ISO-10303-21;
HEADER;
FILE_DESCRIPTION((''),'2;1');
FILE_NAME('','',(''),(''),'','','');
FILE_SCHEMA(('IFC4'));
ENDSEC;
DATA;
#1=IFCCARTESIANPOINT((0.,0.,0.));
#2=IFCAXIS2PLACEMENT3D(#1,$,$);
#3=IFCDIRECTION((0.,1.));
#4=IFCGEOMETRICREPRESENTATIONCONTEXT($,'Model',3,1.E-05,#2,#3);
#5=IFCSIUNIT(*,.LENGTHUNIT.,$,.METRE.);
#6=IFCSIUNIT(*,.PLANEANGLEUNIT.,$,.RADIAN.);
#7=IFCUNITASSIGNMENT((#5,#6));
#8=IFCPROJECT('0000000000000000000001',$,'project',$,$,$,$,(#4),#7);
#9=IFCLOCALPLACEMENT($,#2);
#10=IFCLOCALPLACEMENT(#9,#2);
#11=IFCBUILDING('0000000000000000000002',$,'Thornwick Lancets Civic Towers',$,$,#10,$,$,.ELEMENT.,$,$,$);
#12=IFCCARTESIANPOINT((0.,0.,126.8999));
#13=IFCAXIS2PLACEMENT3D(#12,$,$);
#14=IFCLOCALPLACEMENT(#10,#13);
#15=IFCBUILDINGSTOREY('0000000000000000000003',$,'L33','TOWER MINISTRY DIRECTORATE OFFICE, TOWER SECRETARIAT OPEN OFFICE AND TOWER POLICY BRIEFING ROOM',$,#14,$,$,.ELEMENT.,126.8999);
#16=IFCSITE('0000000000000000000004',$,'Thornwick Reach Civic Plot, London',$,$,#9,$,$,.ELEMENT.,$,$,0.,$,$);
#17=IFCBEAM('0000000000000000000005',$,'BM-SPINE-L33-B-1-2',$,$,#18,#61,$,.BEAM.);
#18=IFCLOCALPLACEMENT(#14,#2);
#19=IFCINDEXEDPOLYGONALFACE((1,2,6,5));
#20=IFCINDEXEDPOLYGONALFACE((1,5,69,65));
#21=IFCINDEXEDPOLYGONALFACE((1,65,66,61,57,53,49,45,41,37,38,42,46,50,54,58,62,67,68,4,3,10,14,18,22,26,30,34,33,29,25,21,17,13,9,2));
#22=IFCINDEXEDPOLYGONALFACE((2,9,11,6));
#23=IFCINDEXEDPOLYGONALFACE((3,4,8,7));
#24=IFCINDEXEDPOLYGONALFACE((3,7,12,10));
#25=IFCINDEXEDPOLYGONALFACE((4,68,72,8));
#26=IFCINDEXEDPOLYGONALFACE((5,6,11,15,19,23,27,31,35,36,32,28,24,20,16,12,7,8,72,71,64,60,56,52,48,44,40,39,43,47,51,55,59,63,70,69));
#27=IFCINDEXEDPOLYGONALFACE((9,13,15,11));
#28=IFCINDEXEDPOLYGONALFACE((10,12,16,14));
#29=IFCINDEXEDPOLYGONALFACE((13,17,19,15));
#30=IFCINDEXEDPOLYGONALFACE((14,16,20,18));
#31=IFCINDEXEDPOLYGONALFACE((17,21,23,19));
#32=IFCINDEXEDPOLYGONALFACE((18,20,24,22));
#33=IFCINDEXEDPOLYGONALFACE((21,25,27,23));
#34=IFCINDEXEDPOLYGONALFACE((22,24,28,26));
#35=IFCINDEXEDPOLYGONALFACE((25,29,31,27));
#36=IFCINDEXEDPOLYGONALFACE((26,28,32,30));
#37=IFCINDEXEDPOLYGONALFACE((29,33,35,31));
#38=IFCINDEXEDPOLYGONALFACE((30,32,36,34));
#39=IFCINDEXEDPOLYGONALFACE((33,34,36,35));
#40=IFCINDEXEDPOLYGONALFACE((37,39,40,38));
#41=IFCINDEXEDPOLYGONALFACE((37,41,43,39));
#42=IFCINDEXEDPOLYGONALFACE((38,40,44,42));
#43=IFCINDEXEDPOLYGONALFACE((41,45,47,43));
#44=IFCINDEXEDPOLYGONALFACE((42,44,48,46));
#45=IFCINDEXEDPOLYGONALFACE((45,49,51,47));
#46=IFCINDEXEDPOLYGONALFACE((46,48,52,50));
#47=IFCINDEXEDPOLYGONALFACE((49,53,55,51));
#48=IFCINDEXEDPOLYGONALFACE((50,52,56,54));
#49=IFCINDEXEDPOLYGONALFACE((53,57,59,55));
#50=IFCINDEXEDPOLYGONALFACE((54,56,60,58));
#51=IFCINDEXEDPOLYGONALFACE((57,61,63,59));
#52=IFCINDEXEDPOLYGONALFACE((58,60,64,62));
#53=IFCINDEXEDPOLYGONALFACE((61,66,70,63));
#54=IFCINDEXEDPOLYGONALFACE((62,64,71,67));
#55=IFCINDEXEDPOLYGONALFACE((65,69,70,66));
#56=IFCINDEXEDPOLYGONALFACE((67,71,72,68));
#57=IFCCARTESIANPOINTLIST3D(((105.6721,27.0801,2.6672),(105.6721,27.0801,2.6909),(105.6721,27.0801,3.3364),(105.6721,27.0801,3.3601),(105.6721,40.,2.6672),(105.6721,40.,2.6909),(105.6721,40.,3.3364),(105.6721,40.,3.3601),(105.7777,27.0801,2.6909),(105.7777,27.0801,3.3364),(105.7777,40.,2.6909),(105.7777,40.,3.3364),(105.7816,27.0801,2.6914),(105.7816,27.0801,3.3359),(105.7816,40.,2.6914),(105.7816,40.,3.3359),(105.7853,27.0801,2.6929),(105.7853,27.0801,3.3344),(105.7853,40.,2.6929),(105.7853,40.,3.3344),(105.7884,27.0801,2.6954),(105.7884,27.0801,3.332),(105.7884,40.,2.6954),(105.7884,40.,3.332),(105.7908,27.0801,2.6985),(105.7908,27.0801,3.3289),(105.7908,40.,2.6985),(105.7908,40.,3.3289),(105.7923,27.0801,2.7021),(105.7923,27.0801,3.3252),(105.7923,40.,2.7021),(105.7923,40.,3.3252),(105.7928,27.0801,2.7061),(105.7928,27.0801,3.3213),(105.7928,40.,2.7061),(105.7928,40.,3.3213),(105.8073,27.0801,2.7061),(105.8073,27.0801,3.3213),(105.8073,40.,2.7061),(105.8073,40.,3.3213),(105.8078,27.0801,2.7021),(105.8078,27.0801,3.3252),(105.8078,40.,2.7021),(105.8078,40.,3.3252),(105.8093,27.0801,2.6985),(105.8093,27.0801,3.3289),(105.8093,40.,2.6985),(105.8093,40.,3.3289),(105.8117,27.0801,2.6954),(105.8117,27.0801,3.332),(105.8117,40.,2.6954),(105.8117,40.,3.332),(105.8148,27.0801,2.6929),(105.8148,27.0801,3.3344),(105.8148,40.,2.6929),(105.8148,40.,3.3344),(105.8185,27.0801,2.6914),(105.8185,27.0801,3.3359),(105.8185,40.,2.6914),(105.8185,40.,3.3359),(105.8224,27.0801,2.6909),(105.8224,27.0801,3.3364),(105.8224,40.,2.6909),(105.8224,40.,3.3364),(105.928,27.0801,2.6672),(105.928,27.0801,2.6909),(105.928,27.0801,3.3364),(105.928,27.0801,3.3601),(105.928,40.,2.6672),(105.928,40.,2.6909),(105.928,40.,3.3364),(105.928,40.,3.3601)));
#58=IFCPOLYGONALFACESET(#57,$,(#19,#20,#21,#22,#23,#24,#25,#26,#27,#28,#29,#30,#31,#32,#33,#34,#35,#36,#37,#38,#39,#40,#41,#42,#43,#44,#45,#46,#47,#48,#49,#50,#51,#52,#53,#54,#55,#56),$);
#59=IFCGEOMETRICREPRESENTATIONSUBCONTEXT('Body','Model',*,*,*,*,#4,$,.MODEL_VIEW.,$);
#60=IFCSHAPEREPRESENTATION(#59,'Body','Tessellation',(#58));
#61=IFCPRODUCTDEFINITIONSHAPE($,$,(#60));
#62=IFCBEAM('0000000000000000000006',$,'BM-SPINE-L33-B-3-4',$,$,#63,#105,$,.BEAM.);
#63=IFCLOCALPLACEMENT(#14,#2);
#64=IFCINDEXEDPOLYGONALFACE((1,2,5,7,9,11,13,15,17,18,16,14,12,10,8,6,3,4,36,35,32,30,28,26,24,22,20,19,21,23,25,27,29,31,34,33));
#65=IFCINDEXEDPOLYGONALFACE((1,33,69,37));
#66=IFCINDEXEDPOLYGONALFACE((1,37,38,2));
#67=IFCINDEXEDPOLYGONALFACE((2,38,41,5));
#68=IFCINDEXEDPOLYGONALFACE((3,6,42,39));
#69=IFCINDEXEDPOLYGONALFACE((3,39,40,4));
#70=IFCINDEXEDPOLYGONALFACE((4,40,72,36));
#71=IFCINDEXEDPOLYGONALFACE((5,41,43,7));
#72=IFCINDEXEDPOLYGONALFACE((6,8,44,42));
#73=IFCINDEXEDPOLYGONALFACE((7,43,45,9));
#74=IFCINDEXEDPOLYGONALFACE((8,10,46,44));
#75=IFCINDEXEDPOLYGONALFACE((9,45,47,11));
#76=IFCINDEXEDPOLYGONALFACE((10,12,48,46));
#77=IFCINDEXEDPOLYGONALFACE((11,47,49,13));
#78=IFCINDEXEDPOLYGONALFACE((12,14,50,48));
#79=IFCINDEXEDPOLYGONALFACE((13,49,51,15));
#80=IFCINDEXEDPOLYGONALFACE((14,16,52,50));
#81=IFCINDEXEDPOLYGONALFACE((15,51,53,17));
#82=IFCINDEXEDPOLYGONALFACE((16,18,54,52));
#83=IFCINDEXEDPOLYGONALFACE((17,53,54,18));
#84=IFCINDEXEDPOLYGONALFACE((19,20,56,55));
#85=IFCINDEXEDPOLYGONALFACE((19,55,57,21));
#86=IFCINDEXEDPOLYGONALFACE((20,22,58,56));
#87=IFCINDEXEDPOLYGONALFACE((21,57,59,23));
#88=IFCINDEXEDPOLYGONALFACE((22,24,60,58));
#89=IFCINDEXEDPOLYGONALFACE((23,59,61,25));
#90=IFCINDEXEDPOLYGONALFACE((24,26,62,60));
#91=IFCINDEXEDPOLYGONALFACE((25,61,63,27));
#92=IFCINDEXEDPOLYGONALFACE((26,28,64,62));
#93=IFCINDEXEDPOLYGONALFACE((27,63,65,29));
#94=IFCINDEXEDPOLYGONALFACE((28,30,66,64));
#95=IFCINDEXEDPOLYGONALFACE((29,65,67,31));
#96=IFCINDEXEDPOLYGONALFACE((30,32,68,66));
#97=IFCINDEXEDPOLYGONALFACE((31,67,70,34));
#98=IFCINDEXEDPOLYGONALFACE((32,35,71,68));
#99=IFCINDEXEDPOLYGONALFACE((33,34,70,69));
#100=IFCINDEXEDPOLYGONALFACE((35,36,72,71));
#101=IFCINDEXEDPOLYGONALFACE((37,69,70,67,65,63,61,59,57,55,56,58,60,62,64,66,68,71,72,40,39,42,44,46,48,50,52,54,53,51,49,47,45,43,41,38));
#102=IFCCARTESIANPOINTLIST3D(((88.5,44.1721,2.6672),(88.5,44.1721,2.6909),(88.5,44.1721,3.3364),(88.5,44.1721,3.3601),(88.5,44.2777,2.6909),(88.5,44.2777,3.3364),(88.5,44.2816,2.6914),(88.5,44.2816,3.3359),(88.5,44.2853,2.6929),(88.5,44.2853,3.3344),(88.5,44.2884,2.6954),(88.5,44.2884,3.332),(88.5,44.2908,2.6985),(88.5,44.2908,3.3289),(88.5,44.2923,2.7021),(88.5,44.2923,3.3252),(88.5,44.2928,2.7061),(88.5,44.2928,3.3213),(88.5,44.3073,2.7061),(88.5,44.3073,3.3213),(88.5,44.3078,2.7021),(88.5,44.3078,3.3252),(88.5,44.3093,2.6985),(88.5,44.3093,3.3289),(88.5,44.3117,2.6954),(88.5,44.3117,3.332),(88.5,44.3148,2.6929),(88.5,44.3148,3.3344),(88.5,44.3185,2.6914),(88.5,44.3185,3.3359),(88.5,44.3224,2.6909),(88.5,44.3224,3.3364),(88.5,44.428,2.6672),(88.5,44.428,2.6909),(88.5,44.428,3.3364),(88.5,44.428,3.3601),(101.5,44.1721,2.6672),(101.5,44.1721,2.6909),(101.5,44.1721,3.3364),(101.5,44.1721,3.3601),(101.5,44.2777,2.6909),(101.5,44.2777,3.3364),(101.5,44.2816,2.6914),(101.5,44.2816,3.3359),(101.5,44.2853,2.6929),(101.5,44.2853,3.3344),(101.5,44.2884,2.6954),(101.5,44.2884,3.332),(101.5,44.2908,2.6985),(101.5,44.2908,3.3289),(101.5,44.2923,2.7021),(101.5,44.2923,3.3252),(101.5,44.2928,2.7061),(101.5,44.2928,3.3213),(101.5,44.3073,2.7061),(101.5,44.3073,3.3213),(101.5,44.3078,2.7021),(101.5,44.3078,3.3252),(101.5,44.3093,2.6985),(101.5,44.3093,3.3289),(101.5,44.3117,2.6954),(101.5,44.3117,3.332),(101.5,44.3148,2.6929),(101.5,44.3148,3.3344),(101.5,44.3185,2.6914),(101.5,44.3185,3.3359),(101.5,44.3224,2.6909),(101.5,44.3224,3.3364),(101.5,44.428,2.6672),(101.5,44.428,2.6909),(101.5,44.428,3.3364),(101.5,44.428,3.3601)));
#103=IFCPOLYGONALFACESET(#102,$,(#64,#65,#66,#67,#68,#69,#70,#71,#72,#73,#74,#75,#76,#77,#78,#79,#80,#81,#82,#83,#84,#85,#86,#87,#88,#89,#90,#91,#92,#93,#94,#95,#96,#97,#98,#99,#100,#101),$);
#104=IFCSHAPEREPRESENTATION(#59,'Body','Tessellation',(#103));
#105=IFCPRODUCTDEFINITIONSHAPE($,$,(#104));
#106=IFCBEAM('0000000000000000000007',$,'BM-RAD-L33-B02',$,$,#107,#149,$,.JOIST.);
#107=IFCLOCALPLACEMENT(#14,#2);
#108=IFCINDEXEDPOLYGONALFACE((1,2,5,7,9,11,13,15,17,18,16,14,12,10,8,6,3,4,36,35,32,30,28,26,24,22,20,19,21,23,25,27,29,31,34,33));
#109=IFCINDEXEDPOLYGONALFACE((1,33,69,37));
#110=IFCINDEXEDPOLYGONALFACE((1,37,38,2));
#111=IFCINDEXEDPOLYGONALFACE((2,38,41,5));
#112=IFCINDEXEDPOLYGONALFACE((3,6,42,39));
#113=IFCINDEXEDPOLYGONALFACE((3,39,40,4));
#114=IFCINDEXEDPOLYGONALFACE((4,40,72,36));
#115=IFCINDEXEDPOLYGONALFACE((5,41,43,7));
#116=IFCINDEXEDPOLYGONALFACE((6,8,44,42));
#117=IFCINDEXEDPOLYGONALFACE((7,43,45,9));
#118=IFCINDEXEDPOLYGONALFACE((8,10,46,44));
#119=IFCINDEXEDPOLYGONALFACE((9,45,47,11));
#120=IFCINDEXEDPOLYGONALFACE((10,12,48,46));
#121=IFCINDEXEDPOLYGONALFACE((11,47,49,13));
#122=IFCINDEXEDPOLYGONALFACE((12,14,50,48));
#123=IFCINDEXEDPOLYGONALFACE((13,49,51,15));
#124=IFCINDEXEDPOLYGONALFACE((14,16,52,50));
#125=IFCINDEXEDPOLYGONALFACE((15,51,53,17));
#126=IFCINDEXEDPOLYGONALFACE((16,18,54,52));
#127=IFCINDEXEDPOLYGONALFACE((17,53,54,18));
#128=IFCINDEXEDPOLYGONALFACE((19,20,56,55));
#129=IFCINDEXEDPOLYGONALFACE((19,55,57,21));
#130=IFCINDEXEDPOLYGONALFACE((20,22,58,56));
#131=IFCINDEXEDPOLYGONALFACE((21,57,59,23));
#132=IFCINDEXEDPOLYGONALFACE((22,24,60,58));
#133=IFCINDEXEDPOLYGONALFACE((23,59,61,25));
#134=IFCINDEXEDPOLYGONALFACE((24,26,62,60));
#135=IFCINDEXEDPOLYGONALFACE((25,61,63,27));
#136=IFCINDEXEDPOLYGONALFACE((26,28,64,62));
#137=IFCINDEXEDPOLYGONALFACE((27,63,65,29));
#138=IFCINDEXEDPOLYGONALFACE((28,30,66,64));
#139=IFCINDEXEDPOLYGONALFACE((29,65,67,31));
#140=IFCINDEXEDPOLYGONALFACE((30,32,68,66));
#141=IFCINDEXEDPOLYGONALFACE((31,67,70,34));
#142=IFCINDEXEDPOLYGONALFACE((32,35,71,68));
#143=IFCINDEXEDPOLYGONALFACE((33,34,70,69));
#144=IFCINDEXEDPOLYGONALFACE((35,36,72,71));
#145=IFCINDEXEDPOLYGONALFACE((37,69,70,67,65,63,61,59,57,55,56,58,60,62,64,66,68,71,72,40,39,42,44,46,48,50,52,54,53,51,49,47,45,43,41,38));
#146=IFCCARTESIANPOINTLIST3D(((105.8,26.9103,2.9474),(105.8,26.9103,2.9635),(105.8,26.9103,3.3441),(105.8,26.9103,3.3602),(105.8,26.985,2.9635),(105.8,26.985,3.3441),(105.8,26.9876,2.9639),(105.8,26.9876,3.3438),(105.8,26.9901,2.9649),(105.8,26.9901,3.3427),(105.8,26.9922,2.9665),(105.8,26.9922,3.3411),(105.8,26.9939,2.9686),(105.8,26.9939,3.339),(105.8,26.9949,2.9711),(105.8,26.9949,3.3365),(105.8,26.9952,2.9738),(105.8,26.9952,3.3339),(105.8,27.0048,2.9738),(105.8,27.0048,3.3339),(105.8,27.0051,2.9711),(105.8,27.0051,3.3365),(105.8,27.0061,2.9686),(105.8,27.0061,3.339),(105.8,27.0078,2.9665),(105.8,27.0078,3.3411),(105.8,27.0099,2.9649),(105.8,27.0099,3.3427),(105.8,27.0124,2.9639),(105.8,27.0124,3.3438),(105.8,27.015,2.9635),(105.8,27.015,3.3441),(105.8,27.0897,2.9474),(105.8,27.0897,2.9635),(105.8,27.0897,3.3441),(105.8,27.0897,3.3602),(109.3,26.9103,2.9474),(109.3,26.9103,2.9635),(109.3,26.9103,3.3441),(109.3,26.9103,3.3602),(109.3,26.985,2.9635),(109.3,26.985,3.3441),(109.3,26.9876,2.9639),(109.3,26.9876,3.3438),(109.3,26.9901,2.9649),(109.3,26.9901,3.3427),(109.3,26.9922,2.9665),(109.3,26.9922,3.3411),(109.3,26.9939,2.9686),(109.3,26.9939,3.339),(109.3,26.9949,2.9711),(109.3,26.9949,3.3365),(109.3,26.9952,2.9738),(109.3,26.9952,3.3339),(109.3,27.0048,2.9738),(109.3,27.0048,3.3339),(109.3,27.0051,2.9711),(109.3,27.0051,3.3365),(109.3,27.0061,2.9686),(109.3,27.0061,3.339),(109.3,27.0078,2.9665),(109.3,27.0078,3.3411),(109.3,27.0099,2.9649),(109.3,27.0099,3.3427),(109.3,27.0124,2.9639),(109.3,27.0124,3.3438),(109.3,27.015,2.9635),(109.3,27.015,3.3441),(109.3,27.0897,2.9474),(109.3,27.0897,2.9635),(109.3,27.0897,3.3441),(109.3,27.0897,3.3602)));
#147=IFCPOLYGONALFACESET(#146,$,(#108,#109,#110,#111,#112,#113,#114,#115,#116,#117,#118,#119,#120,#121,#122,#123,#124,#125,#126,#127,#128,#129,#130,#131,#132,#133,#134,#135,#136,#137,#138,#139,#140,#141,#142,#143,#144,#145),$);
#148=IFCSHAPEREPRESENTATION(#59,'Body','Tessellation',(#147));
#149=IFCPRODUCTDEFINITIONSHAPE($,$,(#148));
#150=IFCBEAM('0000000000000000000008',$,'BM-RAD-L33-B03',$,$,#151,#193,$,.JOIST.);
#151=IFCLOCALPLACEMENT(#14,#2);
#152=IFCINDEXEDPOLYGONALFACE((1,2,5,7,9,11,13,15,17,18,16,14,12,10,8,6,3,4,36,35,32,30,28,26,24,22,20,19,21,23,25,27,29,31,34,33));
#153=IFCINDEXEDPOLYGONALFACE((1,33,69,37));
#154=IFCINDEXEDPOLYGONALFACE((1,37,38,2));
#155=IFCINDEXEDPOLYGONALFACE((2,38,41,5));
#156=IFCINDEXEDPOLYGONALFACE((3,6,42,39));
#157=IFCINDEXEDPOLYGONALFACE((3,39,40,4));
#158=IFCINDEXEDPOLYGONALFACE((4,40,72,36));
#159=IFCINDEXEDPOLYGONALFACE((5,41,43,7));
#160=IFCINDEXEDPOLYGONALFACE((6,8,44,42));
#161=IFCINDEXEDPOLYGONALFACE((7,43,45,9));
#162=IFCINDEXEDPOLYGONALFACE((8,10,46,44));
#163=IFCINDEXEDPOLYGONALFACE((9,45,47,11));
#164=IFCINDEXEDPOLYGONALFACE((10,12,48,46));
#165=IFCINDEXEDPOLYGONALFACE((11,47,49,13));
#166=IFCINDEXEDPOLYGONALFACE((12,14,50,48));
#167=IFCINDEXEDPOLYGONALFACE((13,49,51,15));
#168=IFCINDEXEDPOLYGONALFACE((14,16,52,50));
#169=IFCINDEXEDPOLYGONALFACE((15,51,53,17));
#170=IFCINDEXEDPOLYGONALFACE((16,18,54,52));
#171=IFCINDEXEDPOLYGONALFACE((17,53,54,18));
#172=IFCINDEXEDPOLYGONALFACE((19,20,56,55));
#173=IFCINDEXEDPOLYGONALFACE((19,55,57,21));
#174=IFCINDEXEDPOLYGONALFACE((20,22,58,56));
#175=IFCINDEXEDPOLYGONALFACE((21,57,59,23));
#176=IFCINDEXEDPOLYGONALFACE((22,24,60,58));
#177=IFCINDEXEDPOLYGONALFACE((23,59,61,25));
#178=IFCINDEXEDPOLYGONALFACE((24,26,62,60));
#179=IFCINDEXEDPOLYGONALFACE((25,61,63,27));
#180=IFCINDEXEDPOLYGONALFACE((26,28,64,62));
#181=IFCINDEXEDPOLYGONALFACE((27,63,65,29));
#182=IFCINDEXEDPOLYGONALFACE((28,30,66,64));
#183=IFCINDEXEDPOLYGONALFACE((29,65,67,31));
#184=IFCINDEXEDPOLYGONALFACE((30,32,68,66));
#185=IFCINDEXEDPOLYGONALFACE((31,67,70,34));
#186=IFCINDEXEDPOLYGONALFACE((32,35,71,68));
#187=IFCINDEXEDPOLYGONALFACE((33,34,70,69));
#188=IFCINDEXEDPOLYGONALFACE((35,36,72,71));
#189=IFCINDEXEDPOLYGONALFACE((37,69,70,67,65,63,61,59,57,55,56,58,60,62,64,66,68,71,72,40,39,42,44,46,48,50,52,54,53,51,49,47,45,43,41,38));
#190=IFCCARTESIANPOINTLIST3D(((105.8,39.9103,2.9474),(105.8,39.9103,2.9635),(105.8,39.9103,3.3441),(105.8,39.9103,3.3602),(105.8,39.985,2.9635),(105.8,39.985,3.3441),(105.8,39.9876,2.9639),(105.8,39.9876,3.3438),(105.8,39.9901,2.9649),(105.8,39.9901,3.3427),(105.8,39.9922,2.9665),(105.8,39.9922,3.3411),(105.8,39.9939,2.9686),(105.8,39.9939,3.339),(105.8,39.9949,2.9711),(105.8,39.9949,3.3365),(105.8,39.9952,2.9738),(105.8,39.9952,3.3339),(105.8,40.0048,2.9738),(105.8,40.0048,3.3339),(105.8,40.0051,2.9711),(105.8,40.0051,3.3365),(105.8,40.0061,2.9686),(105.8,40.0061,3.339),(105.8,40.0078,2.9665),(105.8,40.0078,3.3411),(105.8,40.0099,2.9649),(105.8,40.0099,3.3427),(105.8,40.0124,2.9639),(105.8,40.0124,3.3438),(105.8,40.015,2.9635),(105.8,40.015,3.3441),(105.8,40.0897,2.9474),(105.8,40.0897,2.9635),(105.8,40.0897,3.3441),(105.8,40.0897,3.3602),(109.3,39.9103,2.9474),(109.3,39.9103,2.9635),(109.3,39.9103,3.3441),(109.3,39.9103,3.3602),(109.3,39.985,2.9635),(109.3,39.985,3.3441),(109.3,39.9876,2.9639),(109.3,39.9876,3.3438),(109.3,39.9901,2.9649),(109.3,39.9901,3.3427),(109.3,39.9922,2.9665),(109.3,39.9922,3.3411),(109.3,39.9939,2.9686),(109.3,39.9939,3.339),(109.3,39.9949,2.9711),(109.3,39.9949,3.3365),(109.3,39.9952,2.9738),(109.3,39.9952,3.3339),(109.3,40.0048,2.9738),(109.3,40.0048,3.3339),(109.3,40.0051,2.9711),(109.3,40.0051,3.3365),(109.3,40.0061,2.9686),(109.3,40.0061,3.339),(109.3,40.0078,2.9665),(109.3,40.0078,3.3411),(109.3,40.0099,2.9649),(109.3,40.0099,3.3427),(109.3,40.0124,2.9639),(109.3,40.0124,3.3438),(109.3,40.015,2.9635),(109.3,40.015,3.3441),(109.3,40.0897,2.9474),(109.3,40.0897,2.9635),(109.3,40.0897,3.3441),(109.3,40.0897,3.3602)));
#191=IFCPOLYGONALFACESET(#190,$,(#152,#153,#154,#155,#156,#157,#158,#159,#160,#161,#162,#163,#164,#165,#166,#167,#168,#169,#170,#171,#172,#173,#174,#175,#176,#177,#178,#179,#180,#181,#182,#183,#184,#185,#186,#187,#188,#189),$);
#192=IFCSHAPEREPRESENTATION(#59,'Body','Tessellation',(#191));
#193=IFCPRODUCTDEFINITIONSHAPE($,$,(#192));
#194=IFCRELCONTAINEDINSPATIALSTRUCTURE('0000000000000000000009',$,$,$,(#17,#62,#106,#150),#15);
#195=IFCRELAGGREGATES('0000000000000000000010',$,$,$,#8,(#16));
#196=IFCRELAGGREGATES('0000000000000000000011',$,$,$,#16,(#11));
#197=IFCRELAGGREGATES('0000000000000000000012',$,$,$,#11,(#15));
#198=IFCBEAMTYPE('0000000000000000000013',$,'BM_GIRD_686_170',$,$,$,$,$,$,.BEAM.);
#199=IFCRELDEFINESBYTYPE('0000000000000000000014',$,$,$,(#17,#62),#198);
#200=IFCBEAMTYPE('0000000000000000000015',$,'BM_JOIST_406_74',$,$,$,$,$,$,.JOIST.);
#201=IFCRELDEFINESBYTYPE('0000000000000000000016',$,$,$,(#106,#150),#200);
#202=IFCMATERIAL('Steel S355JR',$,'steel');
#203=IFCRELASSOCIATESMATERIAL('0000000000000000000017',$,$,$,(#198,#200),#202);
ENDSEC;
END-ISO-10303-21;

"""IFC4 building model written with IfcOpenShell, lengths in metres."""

from ifc_helpers import new_model, si_unit, direction, frame, origin, origin_2d, place, context, subcontext, project, spatial, i_section, extrude, material, material_profile, profile_set, type_object, element, save


model = new_model("IFC4")

# Units and contexts
model_context = context("Model", 3, precision=1e-05, world=origin(), true_north=direction((0.0, 1.0)))
body_context = subcontext(model_context, "Body", "Model", "MODEL_VIEW")
ifc_project = project(units=[si_unit("LENGTHUNIT", "METRE"), si_unit("PLANEANGLEUNIT", "RADIAN")], contexts=[model_context])

# Site, building, storey
site_placement = place(None, origin())
site = spatial("IfcSite", under=ifc_project, at=site_placement, Name="Thornwick Reach Civic Plot, London", CompositionType="ELEMENT", RefElevation=0.0)
building_placement = place(site_placement, origin())
building = spatial("IfcBuilding", under=site, at=building_placement, Name="Thornwick Lancets Civic Towers", CompositionType="ELEMENT")
storey_placement = place(building_placement, frame((0.0, 0.0, 126.8999)))
storey = spatial("IfcBuildingStorey", under=building, at=storey_placement, Name="L33", Description="TOWER MINISTRY DIRECTORATE OFFICE, TOWER SECRETARIAT OPEN OFFICE AND TOWER POLICY BRIEFING ROOM", CompositionType="ELEMENT", Elevation=126.8999)

# Beams
ifc_material_1 = material(Name="Steel S355JR", Category="steel")
ifc_material_profile_1 = material_profile(ifc_material_1, i_section(OverallWidth=0.2559, OverallDepth=0.6929, WebThickness=0.0144, FlangeThickness=0.0237, FilletRadius=0.0151, at=origin_2d()), Name="UKB 686x254x170")
ifc_profile_set_1 = profile_set([ifc_material_profile_1], Name="Steel S355JR")
beam_type_1 = type_object("IfcBeamType", Name="BM_GIRD_686_170", PredefinedType="BEAM", material=ifc_profile_set_1)
beam_1_placement = place(storey_placement, frame((105.8, 27.0801, 3.0137), z_axis=(0.0, 1.0, 0.0), x_axis=(-1.0, 0.0, 0.0)))
element("IfcBeam", 1, at=beam_1_placement, inside=storey, type_object=beam_type_1, Name="BM-SPINE-L33-B-1-2", PredefinedType="BEAM", context=body_context, shape_type="SweptSolid", body=[
    extrude(i_section(OverallWidth=0.2559, OverallDepth=0.6929, WebThickness=0.0144, FlangeThickness=0.0237, FilletRadius=0.0151, at=origin_2d()), origin(), (0.0, 0.0, 1.0), 12.9199),
])
beam_2_placement = place(storey_placement, frame((101.5, 44.3, 3.0137), z_axis=(-1.0, 0.0, 0.0), x_axis=(0.0, -1.0, 0.0)))
element("IfcBeam", 2, at=beam_2_placement, inside=storey, type_object=beam_type_1, Name="BM-SPINE-L33-B-3-4", PredefinedType="BEAM", context=body_context, shape_type="SweptSolid", body=[
    extrude(i_section(OverallWidth=0.2559, OverallDepth=0.6929, WebThickness=0.0144, FlangeThickness=0.0237, FilletRadius=0.0151, at=origin_2d()), origin(), (0.0, 0.0, 1.0), 13.0),
])
ifc_material_profile_2 = material_profile(ifc_material_1, i_section(OverallWidth=0.1794, OverallDepth=0.4128, WebThickness=0.0095, FlangeThickness=0.0161, FilletRadius=0.0103, at=origin_2d()), Name="UKB 406x178x74")
ifc_profile_set_2 = profile_set([ifc_material_profile_2], Name="Steel S355JR")
beam_type_2 = type_object("IfcBeamType", Name="BM_JOIST_406_74", PredefinedType="JOIST", material=ifc_profile_set_2)
for number, where, z_axis, x_axis, name in (
    (3, (105.8, 27.0, 3.1538), (1.0, 0.0, 0.0), (0.0, 1.0, 0.0), "BM-RAD-L33-B02"),
    (4, (105.8, 40.0, 3.1538), (1.0, 0.0, 0.0), (0.0, 1.0, 0.0), "BM-RAD-L33-B03"),
):
    element("IfcBeam", number, at=place(storey_placement, frame(where, z_axis=z_axis, x_axis=x_axis)), inside=storey, type_object=beam_type_2, Name=name, PredefinedType="JOIST", context=body_context, shape_type="SweptSolid", body=[
        extrude(i_section(OverallWidth=0.1794, OverallDepth=0.4128, WebThickness=0.0095, FlangeThickness=0.0161, FilletRadius=0.0103, at=origin_2d()), origin(), (0.0, 0.0, 1.0), 3.5),
    ])

save(model, "model.ifc")
